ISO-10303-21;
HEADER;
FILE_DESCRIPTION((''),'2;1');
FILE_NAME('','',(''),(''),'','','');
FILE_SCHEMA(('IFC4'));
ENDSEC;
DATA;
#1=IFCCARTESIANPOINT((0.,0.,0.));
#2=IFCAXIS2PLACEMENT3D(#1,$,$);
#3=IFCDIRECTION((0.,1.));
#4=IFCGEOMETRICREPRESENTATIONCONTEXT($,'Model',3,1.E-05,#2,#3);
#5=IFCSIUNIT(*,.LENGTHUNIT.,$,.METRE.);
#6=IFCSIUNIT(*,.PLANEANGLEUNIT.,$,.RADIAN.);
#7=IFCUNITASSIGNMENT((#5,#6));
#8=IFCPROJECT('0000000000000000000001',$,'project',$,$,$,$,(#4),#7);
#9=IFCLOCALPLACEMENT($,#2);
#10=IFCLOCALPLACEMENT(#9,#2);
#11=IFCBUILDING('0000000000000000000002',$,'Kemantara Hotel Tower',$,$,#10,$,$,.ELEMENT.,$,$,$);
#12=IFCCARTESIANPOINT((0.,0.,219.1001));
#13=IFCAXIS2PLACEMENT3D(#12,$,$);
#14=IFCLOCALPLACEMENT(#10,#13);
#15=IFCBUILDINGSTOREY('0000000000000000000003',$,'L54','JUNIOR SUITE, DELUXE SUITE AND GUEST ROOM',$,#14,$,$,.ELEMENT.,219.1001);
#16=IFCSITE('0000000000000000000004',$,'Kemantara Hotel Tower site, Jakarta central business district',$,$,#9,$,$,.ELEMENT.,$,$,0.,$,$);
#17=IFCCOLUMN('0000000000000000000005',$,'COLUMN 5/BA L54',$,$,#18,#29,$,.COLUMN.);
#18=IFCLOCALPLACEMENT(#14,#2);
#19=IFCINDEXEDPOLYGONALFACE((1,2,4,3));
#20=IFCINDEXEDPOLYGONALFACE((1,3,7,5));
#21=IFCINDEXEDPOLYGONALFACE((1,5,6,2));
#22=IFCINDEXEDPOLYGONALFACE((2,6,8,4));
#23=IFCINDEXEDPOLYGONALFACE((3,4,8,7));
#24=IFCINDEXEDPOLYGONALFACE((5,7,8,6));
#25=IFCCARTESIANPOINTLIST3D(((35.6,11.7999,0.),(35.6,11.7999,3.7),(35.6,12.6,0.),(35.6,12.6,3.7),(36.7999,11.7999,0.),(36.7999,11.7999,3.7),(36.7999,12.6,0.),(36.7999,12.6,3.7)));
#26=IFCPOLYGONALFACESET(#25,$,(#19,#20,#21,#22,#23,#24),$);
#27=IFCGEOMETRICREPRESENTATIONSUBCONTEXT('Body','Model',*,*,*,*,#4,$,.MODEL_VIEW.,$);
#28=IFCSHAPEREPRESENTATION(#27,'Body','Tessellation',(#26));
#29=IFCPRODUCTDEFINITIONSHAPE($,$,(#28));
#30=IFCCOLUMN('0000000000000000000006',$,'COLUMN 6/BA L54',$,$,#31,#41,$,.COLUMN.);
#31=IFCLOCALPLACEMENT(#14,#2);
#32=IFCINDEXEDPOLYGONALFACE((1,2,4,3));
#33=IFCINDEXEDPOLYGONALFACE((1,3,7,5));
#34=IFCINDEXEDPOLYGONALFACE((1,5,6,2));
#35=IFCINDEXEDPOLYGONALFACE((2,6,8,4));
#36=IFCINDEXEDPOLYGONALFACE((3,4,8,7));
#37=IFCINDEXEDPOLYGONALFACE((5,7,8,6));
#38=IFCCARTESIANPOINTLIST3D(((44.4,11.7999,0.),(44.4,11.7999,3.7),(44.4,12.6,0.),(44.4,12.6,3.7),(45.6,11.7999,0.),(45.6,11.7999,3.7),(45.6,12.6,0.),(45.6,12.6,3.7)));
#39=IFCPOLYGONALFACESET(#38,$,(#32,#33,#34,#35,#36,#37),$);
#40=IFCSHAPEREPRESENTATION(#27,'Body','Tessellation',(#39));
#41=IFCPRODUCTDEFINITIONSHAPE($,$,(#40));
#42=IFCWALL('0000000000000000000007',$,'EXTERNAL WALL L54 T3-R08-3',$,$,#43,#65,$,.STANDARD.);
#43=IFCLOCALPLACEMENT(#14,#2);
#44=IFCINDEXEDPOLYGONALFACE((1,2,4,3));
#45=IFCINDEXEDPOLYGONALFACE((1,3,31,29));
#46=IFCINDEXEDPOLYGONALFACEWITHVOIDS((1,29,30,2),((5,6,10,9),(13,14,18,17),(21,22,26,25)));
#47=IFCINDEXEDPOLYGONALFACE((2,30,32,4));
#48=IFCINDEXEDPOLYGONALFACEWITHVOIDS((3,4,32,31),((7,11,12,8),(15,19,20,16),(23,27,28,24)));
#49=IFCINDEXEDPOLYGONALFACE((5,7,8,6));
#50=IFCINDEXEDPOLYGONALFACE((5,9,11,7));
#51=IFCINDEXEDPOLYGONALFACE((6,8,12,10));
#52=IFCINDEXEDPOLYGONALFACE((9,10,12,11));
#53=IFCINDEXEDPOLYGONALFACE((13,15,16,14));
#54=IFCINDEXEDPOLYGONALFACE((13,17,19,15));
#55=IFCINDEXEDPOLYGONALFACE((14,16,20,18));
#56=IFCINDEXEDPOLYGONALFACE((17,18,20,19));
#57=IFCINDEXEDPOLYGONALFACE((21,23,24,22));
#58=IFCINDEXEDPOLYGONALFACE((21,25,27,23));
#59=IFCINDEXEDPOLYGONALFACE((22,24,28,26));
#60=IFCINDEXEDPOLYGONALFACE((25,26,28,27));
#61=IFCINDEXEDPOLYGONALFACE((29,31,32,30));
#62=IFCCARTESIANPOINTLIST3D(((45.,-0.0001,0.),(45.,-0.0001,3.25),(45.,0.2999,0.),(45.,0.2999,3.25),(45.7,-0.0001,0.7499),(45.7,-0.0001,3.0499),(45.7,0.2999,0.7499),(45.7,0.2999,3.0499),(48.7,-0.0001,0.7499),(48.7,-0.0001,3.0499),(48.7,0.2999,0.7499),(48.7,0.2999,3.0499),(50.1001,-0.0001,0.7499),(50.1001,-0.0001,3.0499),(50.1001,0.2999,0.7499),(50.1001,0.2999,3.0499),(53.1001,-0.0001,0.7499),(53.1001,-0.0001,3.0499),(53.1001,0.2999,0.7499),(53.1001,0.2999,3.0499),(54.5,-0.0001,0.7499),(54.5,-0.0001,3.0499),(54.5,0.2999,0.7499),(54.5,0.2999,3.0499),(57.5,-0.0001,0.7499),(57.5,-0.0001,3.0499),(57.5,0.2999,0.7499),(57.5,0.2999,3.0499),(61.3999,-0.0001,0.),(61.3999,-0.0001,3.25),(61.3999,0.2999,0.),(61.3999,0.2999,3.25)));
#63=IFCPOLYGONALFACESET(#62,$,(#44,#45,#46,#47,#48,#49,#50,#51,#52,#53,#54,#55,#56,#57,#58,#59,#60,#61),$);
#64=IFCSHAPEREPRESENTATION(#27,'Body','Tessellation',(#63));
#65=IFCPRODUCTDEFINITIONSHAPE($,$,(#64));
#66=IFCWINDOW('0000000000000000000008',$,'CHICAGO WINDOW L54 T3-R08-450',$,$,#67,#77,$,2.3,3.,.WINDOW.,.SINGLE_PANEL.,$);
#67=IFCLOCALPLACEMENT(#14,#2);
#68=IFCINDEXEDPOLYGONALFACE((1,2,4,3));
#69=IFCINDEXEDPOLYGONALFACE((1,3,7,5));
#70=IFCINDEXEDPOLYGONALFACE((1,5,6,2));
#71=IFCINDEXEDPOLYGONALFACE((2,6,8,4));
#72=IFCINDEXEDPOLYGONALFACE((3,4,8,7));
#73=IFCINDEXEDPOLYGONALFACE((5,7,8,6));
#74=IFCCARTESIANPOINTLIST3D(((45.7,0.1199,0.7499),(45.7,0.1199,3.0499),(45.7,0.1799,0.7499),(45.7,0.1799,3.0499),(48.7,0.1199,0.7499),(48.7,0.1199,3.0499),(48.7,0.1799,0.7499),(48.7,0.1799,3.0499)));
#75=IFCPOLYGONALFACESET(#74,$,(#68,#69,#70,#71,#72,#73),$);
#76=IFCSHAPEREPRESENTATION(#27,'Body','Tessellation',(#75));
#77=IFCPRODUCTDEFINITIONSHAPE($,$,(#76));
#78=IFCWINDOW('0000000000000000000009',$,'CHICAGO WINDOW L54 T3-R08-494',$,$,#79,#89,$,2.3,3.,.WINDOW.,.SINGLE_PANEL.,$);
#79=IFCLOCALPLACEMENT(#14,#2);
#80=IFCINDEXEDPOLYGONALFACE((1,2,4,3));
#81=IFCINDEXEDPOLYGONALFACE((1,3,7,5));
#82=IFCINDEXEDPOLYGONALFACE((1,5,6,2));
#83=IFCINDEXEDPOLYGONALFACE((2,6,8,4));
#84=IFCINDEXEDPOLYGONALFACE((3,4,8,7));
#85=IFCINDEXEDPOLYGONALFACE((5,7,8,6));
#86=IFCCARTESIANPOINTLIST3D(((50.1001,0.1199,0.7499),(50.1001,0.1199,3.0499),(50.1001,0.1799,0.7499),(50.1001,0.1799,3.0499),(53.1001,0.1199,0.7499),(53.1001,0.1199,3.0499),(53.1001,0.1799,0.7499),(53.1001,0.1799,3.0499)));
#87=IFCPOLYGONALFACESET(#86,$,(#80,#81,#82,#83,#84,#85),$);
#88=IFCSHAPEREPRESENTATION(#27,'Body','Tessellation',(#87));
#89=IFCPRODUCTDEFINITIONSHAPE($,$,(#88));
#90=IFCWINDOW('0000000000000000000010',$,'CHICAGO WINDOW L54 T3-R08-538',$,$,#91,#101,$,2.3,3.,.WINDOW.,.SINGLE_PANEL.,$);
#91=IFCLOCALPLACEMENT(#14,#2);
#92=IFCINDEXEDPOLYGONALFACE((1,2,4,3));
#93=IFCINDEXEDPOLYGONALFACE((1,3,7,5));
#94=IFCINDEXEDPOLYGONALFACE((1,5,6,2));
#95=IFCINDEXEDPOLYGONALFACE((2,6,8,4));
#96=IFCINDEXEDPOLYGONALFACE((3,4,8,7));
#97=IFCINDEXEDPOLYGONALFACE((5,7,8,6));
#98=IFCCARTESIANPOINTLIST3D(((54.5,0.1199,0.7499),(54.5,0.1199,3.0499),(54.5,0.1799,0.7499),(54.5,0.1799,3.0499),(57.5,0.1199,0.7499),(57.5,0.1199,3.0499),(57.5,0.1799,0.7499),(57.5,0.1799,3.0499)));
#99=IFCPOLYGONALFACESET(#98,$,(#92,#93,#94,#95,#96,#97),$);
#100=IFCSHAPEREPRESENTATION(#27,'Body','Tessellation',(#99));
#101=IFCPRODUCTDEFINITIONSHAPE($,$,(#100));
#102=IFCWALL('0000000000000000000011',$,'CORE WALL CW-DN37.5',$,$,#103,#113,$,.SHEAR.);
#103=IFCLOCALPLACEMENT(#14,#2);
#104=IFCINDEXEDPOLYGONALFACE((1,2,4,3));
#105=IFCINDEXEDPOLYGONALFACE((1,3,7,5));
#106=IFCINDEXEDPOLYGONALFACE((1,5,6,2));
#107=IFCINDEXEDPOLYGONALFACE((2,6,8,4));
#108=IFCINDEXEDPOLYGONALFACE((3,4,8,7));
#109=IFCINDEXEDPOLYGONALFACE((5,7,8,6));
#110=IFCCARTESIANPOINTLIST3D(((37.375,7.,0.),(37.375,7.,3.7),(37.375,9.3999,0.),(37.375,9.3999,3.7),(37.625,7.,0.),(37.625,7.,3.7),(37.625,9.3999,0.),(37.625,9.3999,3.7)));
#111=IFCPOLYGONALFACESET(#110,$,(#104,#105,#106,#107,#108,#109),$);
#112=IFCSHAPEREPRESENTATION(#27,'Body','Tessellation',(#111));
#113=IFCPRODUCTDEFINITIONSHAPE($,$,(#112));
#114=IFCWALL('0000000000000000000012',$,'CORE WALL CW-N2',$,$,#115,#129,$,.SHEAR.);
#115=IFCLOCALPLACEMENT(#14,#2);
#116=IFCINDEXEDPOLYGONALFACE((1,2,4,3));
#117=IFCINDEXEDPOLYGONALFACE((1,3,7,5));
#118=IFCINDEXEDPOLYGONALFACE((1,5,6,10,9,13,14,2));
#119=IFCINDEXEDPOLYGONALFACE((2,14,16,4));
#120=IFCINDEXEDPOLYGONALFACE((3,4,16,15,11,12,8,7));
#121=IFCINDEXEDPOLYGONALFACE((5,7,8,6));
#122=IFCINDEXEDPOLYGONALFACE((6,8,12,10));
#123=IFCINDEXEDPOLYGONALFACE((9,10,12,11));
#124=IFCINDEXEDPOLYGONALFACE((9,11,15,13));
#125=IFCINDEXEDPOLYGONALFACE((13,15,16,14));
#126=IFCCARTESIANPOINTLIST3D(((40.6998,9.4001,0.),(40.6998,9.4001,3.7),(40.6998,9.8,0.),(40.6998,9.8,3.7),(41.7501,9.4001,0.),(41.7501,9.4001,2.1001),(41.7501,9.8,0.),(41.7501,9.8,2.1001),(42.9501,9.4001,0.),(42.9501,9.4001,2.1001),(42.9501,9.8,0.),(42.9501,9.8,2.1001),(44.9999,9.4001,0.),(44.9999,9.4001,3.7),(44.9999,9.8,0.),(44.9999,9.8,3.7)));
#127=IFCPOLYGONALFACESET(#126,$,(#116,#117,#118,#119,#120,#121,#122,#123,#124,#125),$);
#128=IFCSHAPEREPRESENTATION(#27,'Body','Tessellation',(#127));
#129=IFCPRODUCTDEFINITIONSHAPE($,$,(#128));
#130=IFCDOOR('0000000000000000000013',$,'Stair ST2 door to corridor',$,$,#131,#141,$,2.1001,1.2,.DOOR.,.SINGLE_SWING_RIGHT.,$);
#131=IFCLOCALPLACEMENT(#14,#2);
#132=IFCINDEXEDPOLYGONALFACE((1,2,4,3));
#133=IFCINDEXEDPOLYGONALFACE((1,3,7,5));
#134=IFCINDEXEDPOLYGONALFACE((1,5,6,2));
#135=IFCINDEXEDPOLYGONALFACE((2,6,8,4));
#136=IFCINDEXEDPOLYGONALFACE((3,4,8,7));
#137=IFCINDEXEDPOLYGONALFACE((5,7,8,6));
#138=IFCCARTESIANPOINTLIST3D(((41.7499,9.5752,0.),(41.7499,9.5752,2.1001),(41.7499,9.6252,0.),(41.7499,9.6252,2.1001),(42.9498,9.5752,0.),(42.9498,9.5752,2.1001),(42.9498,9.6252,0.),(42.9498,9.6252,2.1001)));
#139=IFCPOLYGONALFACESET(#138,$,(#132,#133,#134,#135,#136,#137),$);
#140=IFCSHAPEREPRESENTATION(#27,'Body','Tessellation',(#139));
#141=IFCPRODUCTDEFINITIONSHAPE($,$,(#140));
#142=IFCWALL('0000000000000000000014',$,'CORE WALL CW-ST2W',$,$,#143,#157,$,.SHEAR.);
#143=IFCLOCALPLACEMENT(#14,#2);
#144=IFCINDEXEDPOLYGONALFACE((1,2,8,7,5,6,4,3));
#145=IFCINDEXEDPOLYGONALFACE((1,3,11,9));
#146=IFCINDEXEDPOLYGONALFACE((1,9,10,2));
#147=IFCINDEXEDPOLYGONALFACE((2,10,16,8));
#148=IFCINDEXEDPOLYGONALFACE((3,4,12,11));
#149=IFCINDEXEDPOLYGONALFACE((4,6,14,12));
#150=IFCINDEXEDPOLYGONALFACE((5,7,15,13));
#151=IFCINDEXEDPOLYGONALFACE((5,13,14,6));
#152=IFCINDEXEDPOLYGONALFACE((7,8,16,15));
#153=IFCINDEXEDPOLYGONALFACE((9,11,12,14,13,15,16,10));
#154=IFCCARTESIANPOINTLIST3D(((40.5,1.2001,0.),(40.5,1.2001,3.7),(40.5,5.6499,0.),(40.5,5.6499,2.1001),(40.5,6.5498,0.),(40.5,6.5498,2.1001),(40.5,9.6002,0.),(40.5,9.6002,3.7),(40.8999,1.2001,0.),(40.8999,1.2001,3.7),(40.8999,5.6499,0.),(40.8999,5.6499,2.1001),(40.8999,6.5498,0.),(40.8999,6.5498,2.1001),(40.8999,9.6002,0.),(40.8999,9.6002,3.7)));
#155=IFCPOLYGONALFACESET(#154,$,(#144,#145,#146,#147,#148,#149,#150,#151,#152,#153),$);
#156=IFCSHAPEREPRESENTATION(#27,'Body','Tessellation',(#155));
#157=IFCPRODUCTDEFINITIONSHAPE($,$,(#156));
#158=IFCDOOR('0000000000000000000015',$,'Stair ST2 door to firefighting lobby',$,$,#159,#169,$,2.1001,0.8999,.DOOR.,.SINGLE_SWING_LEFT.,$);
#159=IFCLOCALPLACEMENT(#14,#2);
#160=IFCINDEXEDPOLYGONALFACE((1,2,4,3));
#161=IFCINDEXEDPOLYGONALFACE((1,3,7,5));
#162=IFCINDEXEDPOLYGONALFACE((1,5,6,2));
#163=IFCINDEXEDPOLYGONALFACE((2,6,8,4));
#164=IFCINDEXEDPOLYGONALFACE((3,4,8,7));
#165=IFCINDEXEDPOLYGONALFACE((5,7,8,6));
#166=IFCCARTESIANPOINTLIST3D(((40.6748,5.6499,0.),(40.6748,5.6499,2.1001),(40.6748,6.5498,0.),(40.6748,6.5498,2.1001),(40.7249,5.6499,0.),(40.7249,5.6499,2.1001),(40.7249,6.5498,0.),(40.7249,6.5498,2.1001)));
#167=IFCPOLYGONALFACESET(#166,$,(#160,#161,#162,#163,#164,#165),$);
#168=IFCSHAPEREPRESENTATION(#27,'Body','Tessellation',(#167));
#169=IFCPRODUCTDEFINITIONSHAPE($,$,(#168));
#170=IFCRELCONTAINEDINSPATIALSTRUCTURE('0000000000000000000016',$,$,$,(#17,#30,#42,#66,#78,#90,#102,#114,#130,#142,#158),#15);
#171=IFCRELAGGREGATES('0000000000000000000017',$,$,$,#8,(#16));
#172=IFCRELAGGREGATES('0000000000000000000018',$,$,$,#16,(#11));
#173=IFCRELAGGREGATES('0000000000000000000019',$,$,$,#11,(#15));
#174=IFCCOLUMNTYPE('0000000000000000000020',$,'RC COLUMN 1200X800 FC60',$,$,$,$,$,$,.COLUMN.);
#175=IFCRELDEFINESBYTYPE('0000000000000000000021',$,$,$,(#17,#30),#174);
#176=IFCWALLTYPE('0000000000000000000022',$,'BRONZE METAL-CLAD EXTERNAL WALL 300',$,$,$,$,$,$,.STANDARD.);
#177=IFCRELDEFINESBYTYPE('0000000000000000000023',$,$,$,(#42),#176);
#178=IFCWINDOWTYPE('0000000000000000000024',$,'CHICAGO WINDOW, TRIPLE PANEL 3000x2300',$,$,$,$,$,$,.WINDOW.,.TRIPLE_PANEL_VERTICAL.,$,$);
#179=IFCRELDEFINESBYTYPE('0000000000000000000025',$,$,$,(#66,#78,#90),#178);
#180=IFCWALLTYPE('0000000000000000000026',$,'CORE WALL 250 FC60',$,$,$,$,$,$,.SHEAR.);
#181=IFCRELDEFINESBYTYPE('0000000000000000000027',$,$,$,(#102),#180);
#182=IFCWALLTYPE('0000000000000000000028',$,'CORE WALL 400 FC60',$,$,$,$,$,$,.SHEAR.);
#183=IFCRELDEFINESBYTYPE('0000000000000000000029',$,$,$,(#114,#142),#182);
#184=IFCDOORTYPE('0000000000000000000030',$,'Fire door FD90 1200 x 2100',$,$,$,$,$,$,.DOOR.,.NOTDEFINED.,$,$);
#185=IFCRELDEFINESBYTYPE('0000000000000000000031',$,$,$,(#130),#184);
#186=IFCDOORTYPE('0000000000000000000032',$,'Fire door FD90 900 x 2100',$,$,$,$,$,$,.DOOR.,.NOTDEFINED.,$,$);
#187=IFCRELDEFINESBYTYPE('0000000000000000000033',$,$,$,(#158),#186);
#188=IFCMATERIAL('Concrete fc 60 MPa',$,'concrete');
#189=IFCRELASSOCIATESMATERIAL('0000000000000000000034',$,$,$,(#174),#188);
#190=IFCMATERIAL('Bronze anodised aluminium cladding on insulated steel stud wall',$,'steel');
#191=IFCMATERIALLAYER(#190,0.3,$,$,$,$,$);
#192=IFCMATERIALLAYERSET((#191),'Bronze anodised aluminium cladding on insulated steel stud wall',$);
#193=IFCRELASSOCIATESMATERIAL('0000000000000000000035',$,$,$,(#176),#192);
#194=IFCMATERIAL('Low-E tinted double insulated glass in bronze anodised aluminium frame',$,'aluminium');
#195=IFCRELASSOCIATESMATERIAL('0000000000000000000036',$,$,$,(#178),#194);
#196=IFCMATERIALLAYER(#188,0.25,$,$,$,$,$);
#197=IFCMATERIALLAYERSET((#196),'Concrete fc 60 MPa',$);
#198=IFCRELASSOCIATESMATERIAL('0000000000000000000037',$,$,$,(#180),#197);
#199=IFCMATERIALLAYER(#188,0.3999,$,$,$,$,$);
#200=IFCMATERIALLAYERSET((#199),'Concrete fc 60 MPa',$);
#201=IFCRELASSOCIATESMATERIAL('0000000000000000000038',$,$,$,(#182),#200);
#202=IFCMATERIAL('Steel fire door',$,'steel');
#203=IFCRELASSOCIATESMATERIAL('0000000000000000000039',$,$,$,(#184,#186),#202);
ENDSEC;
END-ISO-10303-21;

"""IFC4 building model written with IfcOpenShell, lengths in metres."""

from ifc_helpers import new_model, si_unit, direction, frame, frame_2d, origin, origin_2d, place, context, subcontext, project, spatial, rectangle, extrude, material, layer, layer_set, material_profile, profile_set, type_object, element, fill, save


model = new_model("IFC4")

# Units and contexts
model_context = context("Model", 3, precision=1e-05, world=origin(), true_north=direction((0.0, 1.0)))
body_context = subcontext(model_context, "Body", "Model", "MODEL_VIEW")
ifc_project = project(units=[si_unit("LENGTHUNIT", "METRE"), si_unit("PLANEANGLEUNIT", "RADIAN")], contexts=[model_context])

# Site, building, storey
site_placement = place(None, origin())
site = spatial("IfcSite", under=ifc_project, at=site_placement, Name="Kemantara Hotel Tower site, Jakarta central business district", CompositionType="ELEMENT", RefElevation=0.0)
building_placement = place(site_placement, origin())
building = spatial("IfcBuilding", under=site, at=building_placement, Name="Kemantara Hotel Tower", CompositionType="ELEMENT")
storey_placement = place(building_placement, frame((0.0, 0.0, 219.1001)))
storey = spatial("IfcBuildingStorey", under=building, at=storey_placement, Name="L54", Description="JUNIOR SUITE, DELUXE SUITE AND GUEST ROOM", CompositionType="ELEMENT", Elevation=219.1001)

# Columns
ifc_material_1 = material(Name="Concrete fc 60 MPa", Category="concrete")
ifc_material_profile = material_profile(ifc_material_1, rectangle(XDim=1.2, YDim=0.8, at=origin_2d()), Name="RC 1200X800")
ifc_profile_set = profile_set([ifc_material_profile], Name="Concrete fc 60 MPa")
column_type = type_object("IfcColumnType", Name="RC COLUMN 1200X800 FC60", PredefinedType="COLUMN", material=ifc_profile_set)
for number, where, z_axis, x_axis, name in (
    (1, (36.2, 12.2, 0.0), (0.0, 0.0, 1.0), (1.0, 0.0, 0.0), "COLUMN 5/BA L54"),
    (2, (45.0, 12.2, 0.0), (0.0, 0.0, 1.0), (1.0, 0.0, 0.0), "COLUMN 6/BA L54"),
):
    element("IfcColumn", number, at=place(storey_placement, frame(where, z_axis=z_axis, x_axis=x_axis)), inside=storey, type_object=column_type, Name=name, PredefinedType="COLUMN", context=body_context, shape_type="SweptSolid", body=[
        extrude(rectangle(XDim=1.2, YDim=0.8, at=origin_2d()), origin(), (0.0, 0.0, 1.0), 3.7),
    ])

# Wall, openings, windows
ifc_material_2 = material(Name="Bronze anodised aluminium cladding on insulated steel stud wall", Category="steel")
ifc_layer_1 = layer(ifc_material_2, 0.3)
ifc_layer_set_1 = layer_set([ifc_layer_1], Name="Bronze anodised aluminium cladding on insulated steel stud wall")
wall_type_1 = type_object("IfcWallType", Name="BRONZE METAL-CLAD EXTERNAL WALL 300", PredefinedType="STANDARD", material=ifc_layer_set_1)
wall_1_placement = place(storey_placement, frame((45.0, 0.1499, 0.0), z_axis=(0.0, 0.0, 1.0), x_axis=(1.0, 0.0, 0.0)))
wall_1 = element("IfcWall", 3, at=wall_1_placement, inside=storey, type_object=wall_type_1, Name="EXTERNAL WALL L54 T3-R08-3", PredefinedType="STANDARD", context=body_context, shape_type="SweptSolid", body=[
    extrude(rectangle(XDim=16.3999, YDim=0.3, at=frame_2d((8.2, 0.0))), origin(), (0.0, 0.0, 1.0), 3.25),
])
opening_1_placement = place(wall_1_placement, frame((0.7, 0.0, 0.75)))
opening_1 = element("IfcOpeningElement", 4, at=opening_1_placement, cuts=wall_1, PredefinedType="OPENING", context=body_context, shape_type="SweptSolid", body=[
    extrude(rectangle(XDim=3.0, YDim=2.3, at=frame_2d((1.5, 1.1499))), frame((0.0, 0.1599, 0.0), z_axis=(0.0, -1.0, 0.0), x_axis=(1.0, 0.0, 0.0)), (0.0, 0.0, 1.0), 0.3201),
])
opening_2_placement = place(wall_1_placement, frame((5.1001, 0.0, 0.75)))
opening_2 = element("IfcOpeningElement", 5, at=opening_2_placement, cuts=wall_1, PredefinedType="OPENING", context=body_context, shape_type="SweptSolid", body=[
    extrude(rectangle(XDim=3.0, YDim=2.3, at=frame_2d((1.5, 1.1499))), frame((0.0, 0.1599, 0.0), z_axis=(0.0, -1.0, 0.0), x_axis=(1.0, 0.0, 0.0)), (0.0, 0.0, 1.0), 0.3201),
])
opening_3_placement = place(wall_1_placement, frame((9.5, 0.0, 0.75)))
opening_3 = element("IfcOpeningElement", 6, at=opening_3_placement, cuts=wall_1, PredefinedType="OPENING", context=body_context, shape_type="SweptSolid", body=[
    extrude(rectangle(XDim=3.0, YDim=2.3, at=frame_2d((1.5, 1.1499))), frame((0.0, 0.1599, 0.0), z_axis=(0.0, -1.0, 0.0), x_axis=(1.0, 0.0, 0.0)), (0.0, 0.0, 1.0), 0.3201),
])
ifc_material_3 = material(Name="Low-E tinted double insulated glass in bronze anodised aluminium frame", Category="aluminium")
window_type = type_object("IfcWindowType", Name="CHICAGO WINDOW, TRIPLE PANEL 3000x2300", PartitioningType="TRIPLE_PANEL_VERTICAL", PredefinedType="WINDOW", material=ifc_material_3)
window_1_placement = place(opening_1_placement, origin())
window_1 = element("IfcWindow", 7, at=window_1_placement, inside=storey, type_object=window_type, Name="CHICAGO WINDOW L54 T3-R08-450", OverallHeight=2.3, OverallWidth=3.0, PartitioningType="SINGLE_PANEL", PredefinedType="WINDOW", context=body_context, shape_type="SweptSolid", body=[
    extrude(rectangle(XDim=3.0, YDim=2.3, at=frame_2d((1.5, 1.1499))), frame((0.0, 0.03, 0.0), z_axis=(0.0, -1.0, 0.0), x_axis=(1.0, 0.0, 0.0)), (0.0, 0.0, 1.0), 0.0601),
])
fill(opening_1, window_1)
window_2_placement = place(opening_2_placement, origin())
window_2 = element("IfcWindow", 8, at=window_2_placement, inside=storey, type_object=window_type, Name="CHICAGO WINDOW L54 T3-R08-494", OverallHeight=2.3, OverallWidth=3.0, PartitioningType="SINGLE_PANEL", PredefinedType="WINDOW", context=body_context, shape_type="SweptSolid", body=[
    extrude(rectangle(XDim=3.0, YDim=2.3, at=frame_2d((1.5, 1.1499))), frame((0.0, 0.03, 0.0), z_axis=(0.0, -1.0, 0.0), x_axis=(1.0, 0.0, 0.0)), (0.0, 0.0, 1.0), 0.0601),
])
fill(opening_2, window_2)
window_3_placement = place(opening_3_placement, origin())
window_3 = element("IfcWindow", 9, at=window_3_placement, inside=storey, type_object=window_type, Name="CHICAGO WINDOW L54 T3-R08-538", OverallHeight=2.3, OverallWidth=3.0, PartitioningType="SINGLE_PANEL", PredefinedType="WINDOW", context=body_context, shape_type="SweptSolid", body=[
    extrude(rectangle(XDim=3.0, YDim=2.3, at=frame_2d((1.5, 1.1499))), frame((0.0, 0.03, 0.0), z_axis=(0.0, -1.0, 0.0), x_axis=(1.0, 0.0, 0.0)), (0.0, 0.0, 1.0), 0.0601),
])
fill(opening_3, window_3)

# Wall
ifc_layer_2 = layer(ifc_material_1, 0.25)
ifc_layer_set_2 = layer_set([ifc_layer_2], Name="Concrete fc 60 MPa")
wall_type_2 = type_object("IfcWallType", Name="CORE WALL 250 FC60", PredefinedType="SHEAR", material=ifc_layer_set_2)
wall_2_placement = place(storey_placement, frame((37.5, 7.0, 0.0), z_axis=(0.0, 0.0, 1.0), x_axis=(0.0, 1.0, 0.0)))
element("IfcWall", 10, at=wall_2_placement, inside=storey, type_object=wall_type_2, Name="CORE WALL CW-DN37.5", PredefinedType="SHEAR", context=body_context, shape_type="SweptSolid", body=[
    extrude(rectangle(XDim=2.3999, YDim=0.25, at=frame_2d((1.2, 0.0))), origin(), (0.0, 0.0, 1.0), 3.7),
])

# Walls, openings, doors
ifc_layer_3 = layer(ifc_material_1, 0.3999)
ifc_layer_set_3 = layer_set([ifc_layer_3], Name="Concrete fc 60 MPa")
wall_type_3 = type_object("IfcWallType", Name="CORE WALL 400 FC60", PredefinedType="SHEAR", material=ifc_layer_set_3)
wall_3_placement = place(storey_placement, frame((40.7, 9.6001, 0.0), z_axis=(0.0, 0.0, 1.0), x_axis=(1.0, 0.0, 0.0)))
wall_3 = element("IfcWall", 11, at=wall_3_placement, inside=storey, type_object=wall_type_3, Name="CORE WALL CW-N2", PredefinedType="SHEAR", context=body_context, shape_type="SweptSolid", body=[
    extrude(rectangle(XDim=4.3, YDim=0.3999, at=frame_2d((2.1499, 0.0))), origin(), (0.0, 0.0, 1.0), 3.7),
])
opening_4_placement = place(wall_3_placement, frame((1.05, 0.0, 0.0)))
opening_4 = element("IfcOpeningElement", 12, at=opening_4_placement, cuts=wall_3, PredefinedType="OPENING", context=body_context, shape_type="SweptSolid", body=[
    extrude(rectangle(XDim=1.2, YDim=2.1001, at=frame_2d((0.6001, 1.05))), frame((0.0, 0.21, 0.0), z_axis=(0.0, -1.0, 0.0), x_axis=(1.0, 0.0, 0.0)), (0.0, 0.0, 1.0), 0.4199),
])
ifc_material_4 = material(Name="Steel fire door", Category="steel")
door_type_1 = type_object("IfcDoorType", Name="Fire door FD90 1200 x 2100", OperationType="NOTDEFINED", PredefinedType="DOOR", material=ifc_material_4)
door_1_placement = place(opening_4_placement, frame((1.2, 0.0, 0.0), z_axis=(0.0, 0.0, 1.0), x_axis=(-1.0, 0.0, 0.0)))
door_1 = element("IfcDoor", 13, at=door_1_placement, inside=storey, type_object=door_type_1, Name="Stair ST2 door to corridor", OperationType="SINGLE_SWING_RIGHT", OverallHeight=2.1001, OverallWidth=1.2, PredefinedType="DOOR", context=body_context, shape_type="SweptSolid", body=[
    extrude(rectangle(XDim=1.2, YDim=2.1001, at=frame_2d((0.6001, 1.05))), frame((0.0, 0.0249, 0.0), z_axis=(0.0, -1.0, 0.0), x_axis=(1.0, 0.0, 0.0)), (0.0, 0.0, 1.0), 0.05),
])
fill(opening_4, door_1)
wall_4_placement = place(storey_placement, frame((40.7, 1.2, 0.0), z_axis=(0.0, 0.0, 1.0), x_axis=(0.0, 1.0, 0.0)))
wall_4 = element("IfcWall", 14, at=wall_4_placement, inside=storey, type_object=wall_type_3, Name="CORE WALL CW-ST2W", PredefinedType="SHEAR", context=body_context, shape_type="SweptSolid", body=[
    extrude(rectangle(XDim=8.4001, YDim=0.3999, at=frame_2d((4.2002, 0.0))), origin(), (0.0, 0.0, 1.0), 3.7),
])
opening_5_placement = place(wall_4_placement, frame((4.45, 0.0, 0.0)))
opening_5 = element("IfcOpeningElement", 15, at=opening_5_placement, cuts=wall_4, PredefinedType="OPENING", context=body_context, shape_type="SweptSolid", body=[
    extrude(rectangle(XDim=0.8999, YDim=2.1001, at=frame_2d((0.45, 1.05))), frame((0.0, 0.21, 0.0), z_axis=(0.0, -1.0, 0.0), x_axis=(1.0, 0.0, 0.0)), (0.0, 0.0, 1.0), 0.4199),
])
door_type_2 = type_object("IfcDoorType", Name="Fire door FD90 900 x 2100", OperationType="NOTDEFINED", PredefinedType="DOOR", material=ifc_material_4)
door_2_placement = place(opening_5_placement, frame((0.8999, 0.0, 0.0), z_axis=(0.0, 0.0, 1.0), x_axis=(-1.0, 0.0, 0.0)))
door_2 = element("IfcDoor", 16, at=door_2_placement, inside=storey, type_object=door_type_2, Name="Stair ST2 door to firefighting lobby", OperationType="SINGLE_SWING_LEFT", OverallHeight=2.1001, OverallWidth=0.8999, PredefinedType="DOOR", context=body_context, shape_type="SweptSolid", body=[
    extrude(rectangle(XDim=0.8999, YDim=2.1001, at=frame_2d((0.45, 1.05))), frame((0.0, 0.0249, 0.0), z_axis=(0.0, -1.0, 0.0), x_axis=(1.0, 0.0, 0.0)), (0.0, 0.0, 1.0), 0.05),
])
fill(opening_5, door_2)

save(model, "model.ifc")
